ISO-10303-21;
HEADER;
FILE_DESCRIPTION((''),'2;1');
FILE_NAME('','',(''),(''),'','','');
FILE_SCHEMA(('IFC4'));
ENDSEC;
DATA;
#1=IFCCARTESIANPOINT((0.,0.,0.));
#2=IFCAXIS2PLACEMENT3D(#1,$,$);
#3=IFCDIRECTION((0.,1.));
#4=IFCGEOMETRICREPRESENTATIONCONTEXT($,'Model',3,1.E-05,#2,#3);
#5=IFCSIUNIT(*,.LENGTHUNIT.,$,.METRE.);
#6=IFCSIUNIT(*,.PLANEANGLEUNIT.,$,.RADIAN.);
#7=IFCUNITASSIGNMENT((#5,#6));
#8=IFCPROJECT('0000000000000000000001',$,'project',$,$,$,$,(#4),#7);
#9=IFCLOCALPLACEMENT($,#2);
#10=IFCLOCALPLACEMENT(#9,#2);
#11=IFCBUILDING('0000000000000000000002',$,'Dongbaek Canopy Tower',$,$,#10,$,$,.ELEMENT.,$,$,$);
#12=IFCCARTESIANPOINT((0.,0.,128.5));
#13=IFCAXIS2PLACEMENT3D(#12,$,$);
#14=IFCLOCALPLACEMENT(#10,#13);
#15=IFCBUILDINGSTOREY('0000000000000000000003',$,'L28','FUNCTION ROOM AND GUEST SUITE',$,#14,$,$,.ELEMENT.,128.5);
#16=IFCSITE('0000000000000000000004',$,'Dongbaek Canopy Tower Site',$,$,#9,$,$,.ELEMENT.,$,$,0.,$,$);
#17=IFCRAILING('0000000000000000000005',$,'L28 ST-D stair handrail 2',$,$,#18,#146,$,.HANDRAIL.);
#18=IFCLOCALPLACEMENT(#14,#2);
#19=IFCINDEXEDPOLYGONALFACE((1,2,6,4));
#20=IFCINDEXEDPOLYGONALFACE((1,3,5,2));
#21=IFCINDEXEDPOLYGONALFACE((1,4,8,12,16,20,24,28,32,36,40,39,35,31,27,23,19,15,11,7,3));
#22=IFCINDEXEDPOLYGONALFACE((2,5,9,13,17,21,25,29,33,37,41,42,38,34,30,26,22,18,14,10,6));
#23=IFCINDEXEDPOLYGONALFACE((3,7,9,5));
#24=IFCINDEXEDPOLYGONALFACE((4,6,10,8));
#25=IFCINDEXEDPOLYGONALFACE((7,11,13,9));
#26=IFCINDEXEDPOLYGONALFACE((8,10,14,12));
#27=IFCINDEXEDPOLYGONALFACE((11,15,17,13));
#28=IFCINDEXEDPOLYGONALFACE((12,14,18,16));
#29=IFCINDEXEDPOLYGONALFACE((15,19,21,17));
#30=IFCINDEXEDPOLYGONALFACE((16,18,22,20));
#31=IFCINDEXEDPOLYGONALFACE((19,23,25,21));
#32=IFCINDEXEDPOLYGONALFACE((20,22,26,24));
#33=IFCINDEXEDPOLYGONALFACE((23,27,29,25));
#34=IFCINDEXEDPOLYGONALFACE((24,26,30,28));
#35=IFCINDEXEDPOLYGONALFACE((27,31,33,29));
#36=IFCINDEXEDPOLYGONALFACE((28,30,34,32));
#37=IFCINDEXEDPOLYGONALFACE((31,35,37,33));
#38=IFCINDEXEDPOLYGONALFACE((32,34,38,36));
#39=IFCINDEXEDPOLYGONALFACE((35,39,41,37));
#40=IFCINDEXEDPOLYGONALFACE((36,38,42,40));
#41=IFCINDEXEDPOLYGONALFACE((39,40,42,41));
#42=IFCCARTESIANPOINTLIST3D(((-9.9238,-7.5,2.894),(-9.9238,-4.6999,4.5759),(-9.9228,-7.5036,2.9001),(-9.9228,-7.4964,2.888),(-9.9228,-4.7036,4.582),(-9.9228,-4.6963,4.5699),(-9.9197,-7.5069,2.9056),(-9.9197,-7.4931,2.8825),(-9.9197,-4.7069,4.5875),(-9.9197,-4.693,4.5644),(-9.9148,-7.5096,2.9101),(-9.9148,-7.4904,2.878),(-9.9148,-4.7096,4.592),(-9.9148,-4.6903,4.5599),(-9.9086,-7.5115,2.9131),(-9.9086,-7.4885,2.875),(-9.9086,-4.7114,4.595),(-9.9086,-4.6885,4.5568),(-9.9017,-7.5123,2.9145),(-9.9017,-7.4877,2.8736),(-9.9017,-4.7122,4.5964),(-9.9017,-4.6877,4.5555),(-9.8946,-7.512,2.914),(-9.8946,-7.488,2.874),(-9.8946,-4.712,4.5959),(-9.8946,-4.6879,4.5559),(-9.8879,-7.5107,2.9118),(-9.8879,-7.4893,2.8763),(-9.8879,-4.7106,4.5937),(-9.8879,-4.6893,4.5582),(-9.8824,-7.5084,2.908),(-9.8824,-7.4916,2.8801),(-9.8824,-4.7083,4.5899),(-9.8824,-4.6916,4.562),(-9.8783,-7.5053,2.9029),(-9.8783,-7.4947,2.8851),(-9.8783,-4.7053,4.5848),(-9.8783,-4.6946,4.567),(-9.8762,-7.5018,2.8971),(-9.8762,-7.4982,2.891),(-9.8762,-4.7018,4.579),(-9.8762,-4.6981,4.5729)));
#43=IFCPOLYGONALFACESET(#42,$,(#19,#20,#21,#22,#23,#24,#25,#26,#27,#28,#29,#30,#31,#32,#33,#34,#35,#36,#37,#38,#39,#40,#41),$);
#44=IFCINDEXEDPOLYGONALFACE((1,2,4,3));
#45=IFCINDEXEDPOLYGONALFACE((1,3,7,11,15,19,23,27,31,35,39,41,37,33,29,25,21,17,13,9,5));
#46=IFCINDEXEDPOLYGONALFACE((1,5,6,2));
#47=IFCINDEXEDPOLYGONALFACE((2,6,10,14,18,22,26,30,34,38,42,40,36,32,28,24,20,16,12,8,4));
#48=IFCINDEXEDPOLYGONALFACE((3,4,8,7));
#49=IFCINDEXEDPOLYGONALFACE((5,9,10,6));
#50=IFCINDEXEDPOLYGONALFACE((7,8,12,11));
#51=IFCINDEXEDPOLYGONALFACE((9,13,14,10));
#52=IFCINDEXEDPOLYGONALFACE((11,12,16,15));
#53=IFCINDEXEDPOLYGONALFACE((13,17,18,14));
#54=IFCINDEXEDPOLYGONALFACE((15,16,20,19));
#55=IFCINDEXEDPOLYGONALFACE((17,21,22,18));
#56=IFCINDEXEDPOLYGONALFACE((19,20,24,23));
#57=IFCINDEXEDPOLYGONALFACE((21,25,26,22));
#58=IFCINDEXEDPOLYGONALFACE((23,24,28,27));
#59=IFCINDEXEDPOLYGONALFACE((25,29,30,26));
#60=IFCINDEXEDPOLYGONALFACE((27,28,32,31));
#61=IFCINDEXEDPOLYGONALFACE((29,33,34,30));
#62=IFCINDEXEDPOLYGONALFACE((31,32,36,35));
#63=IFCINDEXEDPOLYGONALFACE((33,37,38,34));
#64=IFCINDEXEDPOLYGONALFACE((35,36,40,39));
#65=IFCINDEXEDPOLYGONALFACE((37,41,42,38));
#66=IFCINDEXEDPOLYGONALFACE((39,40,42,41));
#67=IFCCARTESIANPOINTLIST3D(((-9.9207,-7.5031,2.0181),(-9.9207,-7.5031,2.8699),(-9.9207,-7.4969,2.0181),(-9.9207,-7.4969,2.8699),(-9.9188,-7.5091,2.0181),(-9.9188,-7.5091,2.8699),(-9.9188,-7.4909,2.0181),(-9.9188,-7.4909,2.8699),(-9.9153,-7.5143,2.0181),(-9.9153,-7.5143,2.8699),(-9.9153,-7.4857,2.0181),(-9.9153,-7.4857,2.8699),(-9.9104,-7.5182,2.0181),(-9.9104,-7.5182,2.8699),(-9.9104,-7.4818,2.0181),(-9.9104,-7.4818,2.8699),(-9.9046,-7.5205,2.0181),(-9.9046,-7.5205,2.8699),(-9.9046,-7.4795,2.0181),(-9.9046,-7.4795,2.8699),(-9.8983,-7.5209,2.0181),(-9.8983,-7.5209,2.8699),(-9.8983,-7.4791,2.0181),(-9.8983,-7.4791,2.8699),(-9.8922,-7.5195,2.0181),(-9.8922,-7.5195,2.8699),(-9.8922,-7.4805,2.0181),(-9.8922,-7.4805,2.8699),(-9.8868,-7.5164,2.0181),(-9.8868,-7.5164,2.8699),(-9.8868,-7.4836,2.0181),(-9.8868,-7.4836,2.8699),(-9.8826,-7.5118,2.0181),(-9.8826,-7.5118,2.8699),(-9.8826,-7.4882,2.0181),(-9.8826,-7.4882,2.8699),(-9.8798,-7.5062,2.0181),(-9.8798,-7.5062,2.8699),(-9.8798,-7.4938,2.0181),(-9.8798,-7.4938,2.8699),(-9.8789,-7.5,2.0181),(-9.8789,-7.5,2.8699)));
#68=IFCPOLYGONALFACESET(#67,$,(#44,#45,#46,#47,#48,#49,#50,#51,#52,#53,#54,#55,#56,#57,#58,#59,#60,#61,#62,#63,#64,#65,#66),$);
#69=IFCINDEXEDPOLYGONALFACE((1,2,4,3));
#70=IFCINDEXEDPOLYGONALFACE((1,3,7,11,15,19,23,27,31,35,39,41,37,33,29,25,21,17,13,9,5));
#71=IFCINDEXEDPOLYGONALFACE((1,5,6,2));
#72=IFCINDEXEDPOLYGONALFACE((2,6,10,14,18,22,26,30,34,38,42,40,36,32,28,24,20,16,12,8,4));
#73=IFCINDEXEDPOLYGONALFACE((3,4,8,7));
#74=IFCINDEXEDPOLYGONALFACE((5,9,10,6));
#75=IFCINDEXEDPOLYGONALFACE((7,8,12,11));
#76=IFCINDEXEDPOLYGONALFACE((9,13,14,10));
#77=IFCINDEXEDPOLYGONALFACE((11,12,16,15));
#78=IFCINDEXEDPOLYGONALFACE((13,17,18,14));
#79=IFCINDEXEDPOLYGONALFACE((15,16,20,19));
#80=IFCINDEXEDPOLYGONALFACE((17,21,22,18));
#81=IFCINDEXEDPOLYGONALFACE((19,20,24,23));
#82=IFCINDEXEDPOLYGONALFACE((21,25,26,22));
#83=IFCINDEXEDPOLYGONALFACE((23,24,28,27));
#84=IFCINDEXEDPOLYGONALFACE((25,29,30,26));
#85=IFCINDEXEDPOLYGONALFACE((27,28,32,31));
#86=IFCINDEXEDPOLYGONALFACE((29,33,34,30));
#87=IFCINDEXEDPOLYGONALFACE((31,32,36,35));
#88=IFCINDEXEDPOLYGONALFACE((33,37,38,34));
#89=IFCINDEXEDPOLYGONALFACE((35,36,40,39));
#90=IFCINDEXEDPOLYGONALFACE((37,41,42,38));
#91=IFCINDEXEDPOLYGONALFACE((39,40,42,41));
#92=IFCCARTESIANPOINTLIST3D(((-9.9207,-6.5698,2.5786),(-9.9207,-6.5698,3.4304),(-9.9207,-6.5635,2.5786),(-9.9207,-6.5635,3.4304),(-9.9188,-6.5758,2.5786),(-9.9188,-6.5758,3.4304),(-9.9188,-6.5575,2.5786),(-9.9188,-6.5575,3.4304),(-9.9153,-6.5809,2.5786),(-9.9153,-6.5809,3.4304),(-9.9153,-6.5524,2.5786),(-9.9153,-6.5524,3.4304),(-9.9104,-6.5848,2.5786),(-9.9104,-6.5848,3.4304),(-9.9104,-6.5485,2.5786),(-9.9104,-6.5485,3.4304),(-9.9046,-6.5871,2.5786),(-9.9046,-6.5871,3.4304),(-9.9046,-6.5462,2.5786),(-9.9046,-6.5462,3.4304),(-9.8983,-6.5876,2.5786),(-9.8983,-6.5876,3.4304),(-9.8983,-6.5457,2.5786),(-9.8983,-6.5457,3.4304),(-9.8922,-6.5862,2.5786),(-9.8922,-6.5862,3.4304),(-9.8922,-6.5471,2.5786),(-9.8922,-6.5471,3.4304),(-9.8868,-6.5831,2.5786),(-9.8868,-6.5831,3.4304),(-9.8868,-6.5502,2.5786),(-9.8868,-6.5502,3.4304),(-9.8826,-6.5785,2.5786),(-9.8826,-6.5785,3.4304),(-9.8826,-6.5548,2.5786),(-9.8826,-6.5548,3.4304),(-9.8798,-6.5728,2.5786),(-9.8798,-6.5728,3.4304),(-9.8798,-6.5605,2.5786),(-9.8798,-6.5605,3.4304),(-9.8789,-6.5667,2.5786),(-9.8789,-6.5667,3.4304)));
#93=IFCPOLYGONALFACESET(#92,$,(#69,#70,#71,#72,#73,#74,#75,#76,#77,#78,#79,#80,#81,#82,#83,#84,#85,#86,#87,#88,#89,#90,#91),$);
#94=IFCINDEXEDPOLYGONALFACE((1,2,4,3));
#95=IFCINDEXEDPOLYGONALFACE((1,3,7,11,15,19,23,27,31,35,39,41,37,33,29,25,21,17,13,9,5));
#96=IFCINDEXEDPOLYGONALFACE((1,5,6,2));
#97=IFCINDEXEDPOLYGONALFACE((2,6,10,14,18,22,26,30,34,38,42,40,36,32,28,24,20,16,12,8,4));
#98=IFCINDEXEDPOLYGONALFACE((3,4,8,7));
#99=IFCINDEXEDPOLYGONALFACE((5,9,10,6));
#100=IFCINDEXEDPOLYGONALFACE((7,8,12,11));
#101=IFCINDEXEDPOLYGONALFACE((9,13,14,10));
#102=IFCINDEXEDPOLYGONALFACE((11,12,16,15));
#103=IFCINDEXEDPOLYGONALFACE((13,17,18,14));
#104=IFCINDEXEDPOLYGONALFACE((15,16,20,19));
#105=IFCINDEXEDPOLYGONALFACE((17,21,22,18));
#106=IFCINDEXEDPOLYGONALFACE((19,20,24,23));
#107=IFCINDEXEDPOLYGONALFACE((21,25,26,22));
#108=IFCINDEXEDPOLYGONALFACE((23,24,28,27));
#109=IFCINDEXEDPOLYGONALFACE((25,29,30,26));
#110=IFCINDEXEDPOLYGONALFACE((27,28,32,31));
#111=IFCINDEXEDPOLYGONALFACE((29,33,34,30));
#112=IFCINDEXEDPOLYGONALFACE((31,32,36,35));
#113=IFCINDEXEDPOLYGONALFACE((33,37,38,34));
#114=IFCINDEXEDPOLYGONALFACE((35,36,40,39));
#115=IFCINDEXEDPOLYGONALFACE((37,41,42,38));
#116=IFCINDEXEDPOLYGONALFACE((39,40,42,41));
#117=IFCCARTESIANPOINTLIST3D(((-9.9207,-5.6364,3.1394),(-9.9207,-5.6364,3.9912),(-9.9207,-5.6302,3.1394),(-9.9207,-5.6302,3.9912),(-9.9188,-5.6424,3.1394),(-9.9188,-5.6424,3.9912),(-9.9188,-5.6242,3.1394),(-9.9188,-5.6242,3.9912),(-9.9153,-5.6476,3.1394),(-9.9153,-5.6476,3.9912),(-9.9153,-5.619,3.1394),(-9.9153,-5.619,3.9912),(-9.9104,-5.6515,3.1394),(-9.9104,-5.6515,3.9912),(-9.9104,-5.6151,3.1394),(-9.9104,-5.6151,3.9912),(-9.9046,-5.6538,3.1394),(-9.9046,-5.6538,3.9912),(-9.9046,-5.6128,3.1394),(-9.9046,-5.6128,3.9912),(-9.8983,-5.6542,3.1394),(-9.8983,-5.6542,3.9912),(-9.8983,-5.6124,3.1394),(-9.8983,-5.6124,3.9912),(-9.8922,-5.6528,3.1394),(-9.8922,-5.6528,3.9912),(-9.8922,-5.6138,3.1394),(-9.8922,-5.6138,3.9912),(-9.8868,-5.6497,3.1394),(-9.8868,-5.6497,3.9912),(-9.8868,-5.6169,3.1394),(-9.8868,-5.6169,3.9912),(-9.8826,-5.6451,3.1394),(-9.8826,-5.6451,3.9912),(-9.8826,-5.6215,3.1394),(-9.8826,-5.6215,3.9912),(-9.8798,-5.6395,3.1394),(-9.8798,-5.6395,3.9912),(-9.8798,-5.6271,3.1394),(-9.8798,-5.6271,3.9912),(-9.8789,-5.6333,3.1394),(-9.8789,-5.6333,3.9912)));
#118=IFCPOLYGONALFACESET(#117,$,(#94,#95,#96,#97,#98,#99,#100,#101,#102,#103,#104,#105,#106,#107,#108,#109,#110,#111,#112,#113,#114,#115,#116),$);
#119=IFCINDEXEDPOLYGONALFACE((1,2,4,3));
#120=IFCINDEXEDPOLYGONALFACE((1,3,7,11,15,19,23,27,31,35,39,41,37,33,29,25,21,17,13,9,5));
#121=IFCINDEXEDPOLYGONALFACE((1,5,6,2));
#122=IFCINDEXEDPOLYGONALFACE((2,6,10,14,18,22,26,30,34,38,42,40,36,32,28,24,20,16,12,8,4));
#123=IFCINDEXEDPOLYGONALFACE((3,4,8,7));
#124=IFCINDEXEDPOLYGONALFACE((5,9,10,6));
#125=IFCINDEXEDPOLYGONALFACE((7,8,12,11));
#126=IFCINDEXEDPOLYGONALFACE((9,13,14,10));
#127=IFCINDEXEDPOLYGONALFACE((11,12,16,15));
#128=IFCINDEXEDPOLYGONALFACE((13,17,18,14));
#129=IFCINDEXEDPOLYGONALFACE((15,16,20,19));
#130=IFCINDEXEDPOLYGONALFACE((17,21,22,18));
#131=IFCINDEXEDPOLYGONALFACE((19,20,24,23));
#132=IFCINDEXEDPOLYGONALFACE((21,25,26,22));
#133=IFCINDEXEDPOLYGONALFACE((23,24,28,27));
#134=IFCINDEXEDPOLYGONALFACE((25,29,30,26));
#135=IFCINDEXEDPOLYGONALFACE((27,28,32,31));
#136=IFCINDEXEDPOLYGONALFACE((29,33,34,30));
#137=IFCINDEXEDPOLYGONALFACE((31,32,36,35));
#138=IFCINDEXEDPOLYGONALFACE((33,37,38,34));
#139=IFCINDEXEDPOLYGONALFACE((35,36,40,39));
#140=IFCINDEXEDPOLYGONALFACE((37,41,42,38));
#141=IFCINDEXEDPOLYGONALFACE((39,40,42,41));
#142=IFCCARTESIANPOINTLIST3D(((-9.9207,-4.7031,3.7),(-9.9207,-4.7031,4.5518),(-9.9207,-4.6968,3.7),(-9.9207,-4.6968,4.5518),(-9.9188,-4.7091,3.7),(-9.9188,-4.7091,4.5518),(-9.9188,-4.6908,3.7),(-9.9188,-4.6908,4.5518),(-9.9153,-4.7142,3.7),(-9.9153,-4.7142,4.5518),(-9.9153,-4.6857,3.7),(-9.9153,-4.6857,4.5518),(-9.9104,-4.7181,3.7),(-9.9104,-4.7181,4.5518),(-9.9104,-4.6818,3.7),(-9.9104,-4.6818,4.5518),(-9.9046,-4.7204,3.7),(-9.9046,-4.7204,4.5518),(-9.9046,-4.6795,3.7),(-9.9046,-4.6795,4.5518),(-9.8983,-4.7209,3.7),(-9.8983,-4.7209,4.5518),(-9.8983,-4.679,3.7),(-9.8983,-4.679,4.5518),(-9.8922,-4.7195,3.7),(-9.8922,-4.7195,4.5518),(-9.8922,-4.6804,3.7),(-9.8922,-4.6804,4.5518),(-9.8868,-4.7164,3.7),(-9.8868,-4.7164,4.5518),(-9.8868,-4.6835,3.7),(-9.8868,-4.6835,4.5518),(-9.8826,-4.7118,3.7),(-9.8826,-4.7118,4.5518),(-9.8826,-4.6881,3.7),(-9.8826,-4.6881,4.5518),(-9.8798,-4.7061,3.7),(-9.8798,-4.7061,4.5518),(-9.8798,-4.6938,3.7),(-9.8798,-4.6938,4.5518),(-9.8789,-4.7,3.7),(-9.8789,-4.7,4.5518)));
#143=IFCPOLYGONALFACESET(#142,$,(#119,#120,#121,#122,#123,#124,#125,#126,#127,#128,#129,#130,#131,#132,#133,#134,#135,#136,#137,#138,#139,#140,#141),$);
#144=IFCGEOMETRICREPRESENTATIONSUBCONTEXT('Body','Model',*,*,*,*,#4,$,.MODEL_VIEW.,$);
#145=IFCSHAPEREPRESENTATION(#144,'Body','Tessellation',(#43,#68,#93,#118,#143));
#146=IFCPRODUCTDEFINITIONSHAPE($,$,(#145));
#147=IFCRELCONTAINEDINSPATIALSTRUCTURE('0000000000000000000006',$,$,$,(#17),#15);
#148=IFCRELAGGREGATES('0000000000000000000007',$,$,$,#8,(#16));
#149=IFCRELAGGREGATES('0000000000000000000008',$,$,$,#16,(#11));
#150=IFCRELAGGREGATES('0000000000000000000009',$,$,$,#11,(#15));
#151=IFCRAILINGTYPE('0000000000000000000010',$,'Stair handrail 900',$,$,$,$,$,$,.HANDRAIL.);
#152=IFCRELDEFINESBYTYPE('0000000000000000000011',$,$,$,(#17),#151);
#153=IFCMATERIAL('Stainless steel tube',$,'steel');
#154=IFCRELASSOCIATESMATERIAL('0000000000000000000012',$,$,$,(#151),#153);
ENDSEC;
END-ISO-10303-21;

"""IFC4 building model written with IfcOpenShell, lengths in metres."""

from ifc_helpers import new_model, si_unit, direction, frame, origin, origin_2d, place, context, subcontext, project, spatial, circle, extrude, material, type_object, element, save


model = new_model("IFC4")

# Units and contexts
model_context = context("Model", 3, precision=1e-05, world=origin(), true_north=direction((0.0, 1.0)))
body_context = subcontext(model_context, "Body", "Model", "MODEL_VIEW")
ifc_project = project(units=[si_unit("LENGTHUNIT", "METRE"), si_unit("PLANEANGLEUNIT", "RADIAN")], contexts=[model_context])

# Site, building, storey
site_placement = place(None, origin())
site = spatial("IfcSite", under=ifc_project, at=site_placement, Name="Dongbaek Canopy Tower Site", CompositionType="ELEMENT", RefElevation=0.0)
building_placement = place(site_placement, origin())
building = spatial("IfcBuilding", under=site, at=building_placement, Name="Dongbaek Canopy Tower", CompositionType="ELEMENT")
storey_placement = place(building_placement, frame((0.0, 0.0, 128.5)))
storey = spatial("IfcBuildingStorey", under=building, at=storey_placement, Name="L28", Description="FUNCTION ROOM AND GUEST SUITE", CompositionType="ELEMENT", Elevation=128.5)

# Railing
ifc_material_1 = material(Name="Stainless steel tube", Category="steel")
railing_type_1 = type_object("IfcRailingType", Name="Stair handrail 900", PredefinedType="HANDRAIL", material=ifc_material_1)
railing_1_placement = place(storey_placement, frame((-9.8999, -7.5, 2.0181)))
element("IfcRailing", 1, at=railing_1_placement, inside=storey, type_object=railing_type_1, Name="L28 ST-D stair handrail 2", PredefinedType="HANDRAIL", context=body_context, shape_type="SweptSolid", body=[
    extrude(circle(Radius=0.0239, at=origin_2d()), frame((0.0, 0.0, 0.876), z_axis=(0.0, 0.857242, 0.514913), x_axis=(-1.0, 0.0, 0.0)), (0.0, 0.0, 1.0), 3.2664),
    extrude(circle(Radius=0.021, at=origin_2d()), origin(), (0.0, 0.0, 1.0), 0.8518),
    extrude(circle(Radius=0.021, at=origin_2d()), frame((0.0, 0.9333, 0.5605)), (0.0, 0.0, 1.0), 0.8518),
    extrude(circle(Radius=0.021, at=origin_2d()), frame((0.0, 1.8667, 1.1213)), (0.0, 0.0, 1.0), 0.8518),
    extrude(circle(Radius=0.021, at=origin_2d()), frame((0.0, 2.8, 1.6819)), (0.0, 0.0, 1.0), 0.8518),
])

save(model, "model.ifc")
